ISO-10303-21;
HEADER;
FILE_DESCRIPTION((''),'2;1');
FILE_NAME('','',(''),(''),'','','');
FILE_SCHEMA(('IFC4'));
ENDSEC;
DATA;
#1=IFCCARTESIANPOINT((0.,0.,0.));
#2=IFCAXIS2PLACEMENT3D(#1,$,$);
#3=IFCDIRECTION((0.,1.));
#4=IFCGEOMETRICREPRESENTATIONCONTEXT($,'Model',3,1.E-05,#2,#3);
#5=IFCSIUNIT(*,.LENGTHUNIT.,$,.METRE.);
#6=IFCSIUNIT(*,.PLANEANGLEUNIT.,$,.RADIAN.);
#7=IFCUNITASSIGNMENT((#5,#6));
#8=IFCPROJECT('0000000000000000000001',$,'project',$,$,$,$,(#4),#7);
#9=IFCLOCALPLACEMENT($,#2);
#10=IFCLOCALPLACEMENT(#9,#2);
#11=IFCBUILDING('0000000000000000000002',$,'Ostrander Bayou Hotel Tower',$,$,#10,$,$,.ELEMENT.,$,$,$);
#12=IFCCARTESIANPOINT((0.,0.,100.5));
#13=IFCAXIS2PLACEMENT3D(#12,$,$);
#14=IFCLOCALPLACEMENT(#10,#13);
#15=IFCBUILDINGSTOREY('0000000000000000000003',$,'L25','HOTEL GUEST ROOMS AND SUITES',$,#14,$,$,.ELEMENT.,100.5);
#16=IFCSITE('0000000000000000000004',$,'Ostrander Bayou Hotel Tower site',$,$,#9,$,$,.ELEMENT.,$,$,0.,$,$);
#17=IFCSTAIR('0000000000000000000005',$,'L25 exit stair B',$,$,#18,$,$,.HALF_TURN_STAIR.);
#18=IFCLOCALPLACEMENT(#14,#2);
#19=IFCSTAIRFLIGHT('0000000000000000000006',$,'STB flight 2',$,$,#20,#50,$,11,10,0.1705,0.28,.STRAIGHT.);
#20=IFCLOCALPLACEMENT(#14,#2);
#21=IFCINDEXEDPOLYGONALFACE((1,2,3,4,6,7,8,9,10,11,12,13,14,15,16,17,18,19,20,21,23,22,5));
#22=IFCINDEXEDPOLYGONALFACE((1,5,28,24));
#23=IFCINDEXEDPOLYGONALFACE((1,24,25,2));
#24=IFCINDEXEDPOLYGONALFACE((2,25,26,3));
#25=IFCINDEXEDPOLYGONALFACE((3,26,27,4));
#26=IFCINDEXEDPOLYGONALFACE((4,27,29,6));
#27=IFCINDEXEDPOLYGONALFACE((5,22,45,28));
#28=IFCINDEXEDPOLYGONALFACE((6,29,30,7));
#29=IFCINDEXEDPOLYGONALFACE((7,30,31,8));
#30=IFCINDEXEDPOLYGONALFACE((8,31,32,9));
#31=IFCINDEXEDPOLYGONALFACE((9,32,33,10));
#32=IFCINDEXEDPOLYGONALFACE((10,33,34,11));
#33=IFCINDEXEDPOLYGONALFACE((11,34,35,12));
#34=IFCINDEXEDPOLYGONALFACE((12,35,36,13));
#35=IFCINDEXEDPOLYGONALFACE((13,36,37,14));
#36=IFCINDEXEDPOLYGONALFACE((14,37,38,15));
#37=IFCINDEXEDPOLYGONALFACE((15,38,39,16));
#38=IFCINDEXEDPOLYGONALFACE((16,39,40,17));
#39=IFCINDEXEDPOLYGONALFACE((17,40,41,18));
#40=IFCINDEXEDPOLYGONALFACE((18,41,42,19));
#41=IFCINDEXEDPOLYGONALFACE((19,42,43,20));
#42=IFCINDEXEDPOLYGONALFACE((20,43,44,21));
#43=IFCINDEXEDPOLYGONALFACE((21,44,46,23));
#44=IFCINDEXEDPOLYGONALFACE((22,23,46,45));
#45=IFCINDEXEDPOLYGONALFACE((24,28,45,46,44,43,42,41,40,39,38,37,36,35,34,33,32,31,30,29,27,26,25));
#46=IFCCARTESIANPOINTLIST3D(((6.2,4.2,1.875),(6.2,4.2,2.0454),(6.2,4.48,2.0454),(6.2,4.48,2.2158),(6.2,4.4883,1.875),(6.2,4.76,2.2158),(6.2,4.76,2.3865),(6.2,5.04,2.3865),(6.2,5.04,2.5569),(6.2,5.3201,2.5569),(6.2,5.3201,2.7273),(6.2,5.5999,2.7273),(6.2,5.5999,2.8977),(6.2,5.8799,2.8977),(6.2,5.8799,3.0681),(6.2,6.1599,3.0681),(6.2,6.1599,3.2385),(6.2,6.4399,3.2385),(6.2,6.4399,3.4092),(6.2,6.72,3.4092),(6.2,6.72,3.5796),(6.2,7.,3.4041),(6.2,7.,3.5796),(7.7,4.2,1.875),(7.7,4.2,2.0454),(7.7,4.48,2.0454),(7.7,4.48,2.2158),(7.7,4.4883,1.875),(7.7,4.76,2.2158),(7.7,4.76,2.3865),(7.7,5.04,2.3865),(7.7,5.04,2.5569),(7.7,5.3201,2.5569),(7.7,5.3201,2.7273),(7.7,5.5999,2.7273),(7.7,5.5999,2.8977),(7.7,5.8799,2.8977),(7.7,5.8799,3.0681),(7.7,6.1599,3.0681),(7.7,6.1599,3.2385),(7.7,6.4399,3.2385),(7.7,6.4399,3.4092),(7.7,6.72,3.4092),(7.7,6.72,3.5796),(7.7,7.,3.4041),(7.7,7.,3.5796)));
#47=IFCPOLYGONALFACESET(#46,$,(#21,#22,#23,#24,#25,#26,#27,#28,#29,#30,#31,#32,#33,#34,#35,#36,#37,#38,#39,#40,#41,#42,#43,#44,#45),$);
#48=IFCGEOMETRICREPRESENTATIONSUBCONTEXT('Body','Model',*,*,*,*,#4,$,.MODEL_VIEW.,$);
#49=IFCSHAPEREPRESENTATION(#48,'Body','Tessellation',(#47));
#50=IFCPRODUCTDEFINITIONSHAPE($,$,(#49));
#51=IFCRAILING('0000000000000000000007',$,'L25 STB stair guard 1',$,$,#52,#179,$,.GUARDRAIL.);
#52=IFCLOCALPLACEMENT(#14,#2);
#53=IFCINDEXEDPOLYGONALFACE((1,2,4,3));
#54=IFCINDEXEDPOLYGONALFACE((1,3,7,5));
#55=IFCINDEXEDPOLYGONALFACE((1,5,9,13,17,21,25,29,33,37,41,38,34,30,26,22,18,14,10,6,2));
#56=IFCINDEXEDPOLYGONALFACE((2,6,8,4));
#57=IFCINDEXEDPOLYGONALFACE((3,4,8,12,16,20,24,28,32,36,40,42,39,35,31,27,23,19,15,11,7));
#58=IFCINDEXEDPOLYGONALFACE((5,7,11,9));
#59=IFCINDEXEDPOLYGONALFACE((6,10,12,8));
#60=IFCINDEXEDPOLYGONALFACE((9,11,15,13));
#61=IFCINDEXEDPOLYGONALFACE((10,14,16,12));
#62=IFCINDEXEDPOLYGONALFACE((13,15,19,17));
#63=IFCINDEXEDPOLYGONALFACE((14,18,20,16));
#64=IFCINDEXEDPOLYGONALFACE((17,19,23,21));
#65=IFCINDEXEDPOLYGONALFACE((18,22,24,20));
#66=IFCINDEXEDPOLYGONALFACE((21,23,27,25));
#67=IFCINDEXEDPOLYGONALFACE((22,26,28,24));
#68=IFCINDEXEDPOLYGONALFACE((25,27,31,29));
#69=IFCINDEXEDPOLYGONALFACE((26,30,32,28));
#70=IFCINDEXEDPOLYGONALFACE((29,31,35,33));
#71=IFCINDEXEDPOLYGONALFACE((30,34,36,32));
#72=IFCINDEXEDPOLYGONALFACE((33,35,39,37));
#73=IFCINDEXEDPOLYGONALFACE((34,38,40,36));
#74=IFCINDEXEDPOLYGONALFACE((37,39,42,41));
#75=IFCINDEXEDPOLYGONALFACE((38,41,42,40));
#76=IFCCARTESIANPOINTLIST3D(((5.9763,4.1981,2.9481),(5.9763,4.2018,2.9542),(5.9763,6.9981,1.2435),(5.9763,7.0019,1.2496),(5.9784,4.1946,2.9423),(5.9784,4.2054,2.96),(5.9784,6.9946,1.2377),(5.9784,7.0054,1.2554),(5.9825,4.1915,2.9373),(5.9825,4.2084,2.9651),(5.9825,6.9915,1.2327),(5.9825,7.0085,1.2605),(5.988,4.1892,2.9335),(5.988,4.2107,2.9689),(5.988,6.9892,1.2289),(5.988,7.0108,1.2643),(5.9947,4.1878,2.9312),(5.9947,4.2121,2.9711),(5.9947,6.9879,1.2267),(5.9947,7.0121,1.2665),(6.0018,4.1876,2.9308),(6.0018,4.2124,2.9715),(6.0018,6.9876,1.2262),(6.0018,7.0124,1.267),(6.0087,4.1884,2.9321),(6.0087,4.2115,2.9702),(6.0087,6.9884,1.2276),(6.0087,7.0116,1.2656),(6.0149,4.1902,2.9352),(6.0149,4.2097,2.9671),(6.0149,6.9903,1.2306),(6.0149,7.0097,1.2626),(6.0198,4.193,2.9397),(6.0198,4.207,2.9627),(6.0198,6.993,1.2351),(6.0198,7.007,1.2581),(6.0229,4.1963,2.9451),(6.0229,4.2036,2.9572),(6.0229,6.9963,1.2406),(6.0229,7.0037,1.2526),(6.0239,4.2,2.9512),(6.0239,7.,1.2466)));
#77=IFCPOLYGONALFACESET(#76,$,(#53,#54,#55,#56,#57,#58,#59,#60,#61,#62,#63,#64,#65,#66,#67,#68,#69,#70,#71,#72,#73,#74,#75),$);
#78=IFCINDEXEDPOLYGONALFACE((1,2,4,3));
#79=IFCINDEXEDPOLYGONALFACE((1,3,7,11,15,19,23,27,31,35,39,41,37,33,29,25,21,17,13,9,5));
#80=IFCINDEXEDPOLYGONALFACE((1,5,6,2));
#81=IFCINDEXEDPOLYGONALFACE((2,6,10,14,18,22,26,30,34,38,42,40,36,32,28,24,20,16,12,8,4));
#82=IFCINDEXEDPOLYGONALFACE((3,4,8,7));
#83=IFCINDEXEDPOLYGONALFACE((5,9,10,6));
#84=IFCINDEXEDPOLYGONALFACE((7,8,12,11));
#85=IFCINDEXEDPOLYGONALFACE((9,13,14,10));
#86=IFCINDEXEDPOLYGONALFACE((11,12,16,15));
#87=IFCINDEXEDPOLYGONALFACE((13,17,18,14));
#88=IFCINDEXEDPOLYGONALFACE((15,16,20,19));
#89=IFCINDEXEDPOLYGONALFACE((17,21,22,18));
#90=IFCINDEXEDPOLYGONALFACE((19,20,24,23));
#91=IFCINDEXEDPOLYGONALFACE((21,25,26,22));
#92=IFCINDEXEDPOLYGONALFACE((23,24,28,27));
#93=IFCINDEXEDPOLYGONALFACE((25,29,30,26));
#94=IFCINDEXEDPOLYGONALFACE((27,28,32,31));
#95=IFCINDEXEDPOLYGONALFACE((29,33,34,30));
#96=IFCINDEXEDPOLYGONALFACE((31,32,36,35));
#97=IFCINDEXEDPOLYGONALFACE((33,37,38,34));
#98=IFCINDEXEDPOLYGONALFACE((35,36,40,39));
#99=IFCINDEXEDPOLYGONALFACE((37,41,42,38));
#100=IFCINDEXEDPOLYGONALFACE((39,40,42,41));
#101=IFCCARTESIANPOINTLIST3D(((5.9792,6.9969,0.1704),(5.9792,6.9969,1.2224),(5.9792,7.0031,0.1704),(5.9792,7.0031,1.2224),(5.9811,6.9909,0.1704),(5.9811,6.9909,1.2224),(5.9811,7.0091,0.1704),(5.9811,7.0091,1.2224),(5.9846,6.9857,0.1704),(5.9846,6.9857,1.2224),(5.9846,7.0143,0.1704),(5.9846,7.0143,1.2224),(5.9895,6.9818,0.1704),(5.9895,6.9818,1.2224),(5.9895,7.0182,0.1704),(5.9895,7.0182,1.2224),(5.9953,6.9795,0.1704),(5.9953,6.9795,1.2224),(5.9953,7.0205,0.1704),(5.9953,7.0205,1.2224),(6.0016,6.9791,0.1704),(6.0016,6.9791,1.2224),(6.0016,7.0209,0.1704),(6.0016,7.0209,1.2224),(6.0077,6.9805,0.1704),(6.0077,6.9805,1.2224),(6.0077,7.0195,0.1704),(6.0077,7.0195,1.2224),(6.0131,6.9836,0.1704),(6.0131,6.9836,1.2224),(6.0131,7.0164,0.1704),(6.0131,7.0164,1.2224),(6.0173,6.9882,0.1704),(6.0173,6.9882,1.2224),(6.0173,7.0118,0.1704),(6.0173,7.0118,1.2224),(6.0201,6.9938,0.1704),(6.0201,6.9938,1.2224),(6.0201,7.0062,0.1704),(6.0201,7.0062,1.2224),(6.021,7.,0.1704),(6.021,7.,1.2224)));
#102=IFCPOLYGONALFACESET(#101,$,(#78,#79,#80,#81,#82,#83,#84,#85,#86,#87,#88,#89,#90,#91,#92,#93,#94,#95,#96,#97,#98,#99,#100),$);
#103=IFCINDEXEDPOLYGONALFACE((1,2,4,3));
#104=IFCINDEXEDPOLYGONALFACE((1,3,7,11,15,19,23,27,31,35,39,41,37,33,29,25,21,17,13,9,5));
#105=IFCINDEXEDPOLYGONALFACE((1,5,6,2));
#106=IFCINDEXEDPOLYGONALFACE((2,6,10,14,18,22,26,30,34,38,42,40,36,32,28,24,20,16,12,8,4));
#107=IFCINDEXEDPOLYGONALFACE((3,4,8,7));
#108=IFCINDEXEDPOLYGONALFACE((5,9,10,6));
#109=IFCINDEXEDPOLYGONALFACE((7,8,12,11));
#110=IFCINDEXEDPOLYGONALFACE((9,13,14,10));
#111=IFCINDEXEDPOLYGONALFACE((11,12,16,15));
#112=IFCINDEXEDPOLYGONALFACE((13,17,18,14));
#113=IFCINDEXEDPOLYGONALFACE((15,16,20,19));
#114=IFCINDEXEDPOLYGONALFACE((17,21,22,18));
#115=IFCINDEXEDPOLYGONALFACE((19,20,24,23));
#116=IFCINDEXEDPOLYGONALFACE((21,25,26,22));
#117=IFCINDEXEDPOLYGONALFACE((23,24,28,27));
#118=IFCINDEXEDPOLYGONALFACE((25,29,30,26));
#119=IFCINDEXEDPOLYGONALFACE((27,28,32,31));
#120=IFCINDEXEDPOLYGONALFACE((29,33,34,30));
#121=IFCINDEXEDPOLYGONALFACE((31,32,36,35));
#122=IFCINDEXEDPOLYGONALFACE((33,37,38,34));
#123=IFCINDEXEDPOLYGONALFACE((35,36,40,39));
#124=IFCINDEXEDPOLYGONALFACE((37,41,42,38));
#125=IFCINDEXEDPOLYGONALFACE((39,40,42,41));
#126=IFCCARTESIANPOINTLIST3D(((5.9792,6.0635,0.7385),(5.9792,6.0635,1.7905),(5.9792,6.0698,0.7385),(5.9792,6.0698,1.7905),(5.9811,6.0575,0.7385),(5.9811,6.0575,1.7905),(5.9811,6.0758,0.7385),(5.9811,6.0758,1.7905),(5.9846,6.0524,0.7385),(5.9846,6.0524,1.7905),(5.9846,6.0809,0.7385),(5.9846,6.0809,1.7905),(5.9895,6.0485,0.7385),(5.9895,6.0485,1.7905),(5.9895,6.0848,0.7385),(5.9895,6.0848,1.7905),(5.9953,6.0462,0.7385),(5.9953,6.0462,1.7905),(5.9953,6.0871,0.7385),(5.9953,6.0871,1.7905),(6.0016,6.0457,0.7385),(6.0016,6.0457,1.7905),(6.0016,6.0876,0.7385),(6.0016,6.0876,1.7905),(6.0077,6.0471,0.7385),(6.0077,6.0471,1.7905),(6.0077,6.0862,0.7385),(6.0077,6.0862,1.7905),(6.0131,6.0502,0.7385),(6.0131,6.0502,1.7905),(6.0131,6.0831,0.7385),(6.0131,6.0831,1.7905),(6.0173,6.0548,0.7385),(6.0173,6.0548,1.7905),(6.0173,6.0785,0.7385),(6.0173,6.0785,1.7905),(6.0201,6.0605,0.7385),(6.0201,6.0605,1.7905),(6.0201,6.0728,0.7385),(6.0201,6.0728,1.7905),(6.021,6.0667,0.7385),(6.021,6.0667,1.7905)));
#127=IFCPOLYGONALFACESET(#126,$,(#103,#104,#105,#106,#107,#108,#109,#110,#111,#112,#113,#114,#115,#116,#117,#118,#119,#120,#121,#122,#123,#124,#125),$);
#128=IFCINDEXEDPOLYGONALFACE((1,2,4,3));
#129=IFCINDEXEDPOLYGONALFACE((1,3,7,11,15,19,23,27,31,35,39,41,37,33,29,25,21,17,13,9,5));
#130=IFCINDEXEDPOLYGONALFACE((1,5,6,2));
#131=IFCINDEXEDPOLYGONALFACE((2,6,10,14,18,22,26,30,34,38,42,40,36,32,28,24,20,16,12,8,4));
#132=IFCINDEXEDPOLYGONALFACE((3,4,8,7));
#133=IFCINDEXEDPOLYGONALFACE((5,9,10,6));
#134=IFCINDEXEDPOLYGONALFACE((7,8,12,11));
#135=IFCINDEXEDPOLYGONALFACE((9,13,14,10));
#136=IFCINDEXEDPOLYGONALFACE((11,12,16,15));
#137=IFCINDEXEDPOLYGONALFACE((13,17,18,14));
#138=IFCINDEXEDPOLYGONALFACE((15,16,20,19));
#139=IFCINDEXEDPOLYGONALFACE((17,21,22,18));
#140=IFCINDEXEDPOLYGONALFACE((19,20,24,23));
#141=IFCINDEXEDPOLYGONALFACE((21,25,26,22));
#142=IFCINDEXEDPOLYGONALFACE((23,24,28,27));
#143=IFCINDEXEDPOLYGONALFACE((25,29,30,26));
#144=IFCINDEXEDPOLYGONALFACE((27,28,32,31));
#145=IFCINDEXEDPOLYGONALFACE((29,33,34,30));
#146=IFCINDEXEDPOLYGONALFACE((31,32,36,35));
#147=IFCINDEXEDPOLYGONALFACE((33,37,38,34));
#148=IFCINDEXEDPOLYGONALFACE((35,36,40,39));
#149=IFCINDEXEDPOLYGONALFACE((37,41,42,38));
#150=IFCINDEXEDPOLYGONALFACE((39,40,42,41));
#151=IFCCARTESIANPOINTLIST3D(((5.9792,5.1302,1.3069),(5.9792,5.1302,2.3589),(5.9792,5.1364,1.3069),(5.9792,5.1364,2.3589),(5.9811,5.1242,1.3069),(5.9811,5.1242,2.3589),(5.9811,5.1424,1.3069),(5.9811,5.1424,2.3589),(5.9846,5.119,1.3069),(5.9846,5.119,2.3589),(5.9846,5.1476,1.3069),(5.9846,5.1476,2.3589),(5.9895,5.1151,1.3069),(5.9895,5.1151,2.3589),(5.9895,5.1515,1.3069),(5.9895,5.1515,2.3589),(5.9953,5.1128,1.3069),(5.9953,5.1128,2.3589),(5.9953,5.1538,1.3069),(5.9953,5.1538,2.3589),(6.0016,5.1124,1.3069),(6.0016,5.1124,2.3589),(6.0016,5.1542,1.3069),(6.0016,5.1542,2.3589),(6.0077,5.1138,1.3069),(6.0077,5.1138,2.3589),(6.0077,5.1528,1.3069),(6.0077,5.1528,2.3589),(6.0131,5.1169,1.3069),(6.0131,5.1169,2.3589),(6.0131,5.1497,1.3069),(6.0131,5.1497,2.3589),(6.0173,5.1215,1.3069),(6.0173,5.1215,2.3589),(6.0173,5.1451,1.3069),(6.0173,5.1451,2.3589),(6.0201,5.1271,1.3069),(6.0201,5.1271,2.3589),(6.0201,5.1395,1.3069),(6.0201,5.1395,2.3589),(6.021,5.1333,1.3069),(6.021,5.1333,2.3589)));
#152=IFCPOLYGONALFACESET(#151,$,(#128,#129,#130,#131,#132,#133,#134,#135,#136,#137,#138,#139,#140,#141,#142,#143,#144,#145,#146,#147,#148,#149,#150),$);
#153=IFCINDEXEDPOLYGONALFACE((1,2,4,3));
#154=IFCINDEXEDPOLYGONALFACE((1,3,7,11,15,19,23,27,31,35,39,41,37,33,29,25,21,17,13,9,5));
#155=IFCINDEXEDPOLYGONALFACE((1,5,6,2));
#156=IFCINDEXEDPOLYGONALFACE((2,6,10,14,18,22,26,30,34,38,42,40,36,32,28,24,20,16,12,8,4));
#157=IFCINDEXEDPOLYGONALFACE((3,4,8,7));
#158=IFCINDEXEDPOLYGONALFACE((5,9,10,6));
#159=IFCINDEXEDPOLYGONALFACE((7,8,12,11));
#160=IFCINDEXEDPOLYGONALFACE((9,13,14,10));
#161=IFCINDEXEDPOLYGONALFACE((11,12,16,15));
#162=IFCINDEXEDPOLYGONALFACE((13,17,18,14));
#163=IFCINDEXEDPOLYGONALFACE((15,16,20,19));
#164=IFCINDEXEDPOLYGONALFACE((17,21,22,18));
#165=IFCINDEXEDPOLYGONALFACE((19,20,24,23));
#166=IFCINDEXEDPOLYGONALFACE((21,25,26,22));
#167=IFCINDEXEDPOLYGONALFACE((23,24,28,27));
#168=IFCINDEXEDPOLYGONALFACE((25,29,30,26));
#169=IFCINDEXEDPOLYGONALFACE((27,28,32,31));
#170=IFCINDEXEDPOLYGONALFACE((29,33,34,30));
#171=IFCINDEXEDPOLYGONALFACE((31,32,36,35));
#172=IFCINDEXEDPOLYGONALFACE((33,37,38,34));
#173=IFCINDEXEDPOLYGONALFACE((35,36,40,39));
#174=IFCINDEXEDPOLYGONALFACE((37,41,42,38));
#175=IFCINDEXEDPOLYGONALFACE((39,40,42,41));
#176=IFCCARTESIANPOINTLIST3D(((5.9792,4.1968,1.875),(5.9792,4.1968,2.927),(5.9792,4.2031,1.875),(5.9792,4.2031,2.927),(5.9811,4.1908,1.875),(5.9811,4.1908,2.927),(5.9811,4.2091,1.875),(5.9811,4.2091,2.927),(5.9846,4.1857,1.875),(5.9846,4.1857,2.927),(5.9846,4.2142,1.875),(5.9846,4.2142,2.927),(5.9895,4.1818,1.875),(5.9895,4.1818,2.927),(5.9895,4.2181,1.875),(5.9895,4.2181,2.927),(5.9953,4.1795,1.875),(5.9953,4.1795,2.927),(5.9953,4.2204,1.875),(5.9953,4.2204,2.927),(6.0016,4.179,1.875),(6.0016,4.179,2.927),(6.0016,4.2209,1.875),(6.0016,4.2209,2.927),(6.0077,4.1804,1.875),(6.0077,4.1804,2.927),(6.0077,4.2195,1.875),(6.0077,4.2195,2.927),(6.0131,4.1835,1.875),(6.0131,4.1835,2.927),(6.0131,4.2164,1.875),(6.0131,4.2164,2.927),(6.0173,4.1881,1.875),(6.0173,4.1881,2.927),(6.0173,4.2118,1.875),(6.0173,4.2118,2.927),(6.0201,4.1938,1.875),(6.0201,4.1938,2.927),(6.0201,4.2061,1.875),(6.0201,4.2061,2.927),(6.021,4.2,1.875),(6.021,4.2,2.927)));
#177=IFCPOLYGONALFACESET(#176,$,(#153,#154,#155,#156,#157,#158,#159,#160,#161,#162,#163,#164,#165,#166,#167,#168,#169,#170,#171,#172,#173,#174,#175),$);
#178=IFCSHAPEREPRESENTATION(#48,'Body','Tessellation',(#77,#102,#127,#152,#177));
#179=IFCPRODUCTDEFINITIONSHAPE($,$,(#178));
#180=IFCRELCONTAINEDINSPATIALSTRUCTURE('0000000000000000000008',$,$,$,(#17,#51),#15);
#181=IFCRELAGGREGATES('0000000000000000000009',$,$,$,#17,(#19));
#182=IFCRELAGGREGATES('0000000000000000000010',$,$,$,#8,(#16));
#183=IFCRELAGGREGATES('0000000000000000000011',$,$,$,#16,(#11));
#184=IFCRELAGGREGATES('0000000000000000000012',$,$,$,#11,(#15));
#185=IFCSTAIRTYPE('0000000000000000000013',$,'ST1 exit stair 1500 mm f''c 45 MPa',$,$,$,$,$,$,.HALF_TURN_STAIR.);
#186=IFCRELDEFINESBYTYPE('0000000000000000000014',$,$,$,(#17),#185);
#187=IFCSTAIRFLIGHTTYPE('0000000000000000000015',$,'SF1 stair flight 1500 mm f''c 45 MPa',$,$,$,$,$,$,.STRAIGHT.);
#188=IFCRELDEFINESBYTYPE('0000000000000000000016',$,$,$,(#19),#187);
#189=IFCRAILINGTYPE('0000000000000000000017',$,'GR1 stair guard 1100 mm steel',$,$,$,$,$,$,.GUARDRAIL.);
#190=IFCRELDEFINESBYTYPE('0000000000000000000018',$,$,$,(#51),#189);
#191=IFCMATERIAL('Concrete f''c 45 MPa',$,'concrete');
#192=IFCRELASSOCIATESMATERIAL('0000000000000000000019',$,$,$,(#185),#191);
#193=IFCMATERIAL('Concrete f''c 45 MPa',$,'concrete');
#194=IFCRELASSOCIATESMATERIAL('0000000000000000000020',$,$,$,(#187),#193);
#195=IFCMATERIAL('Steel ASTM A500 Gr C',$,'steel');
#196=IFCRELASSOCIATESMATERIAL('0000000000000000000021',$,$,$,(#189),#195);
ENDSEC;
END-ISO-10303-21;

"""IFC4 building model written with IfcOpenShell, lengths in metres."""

from ifc_helpers import new_model, si_unit, direction, frame, origin, origin_2d, place, context, subcontext, project, spatial, polyline, circle, outline, extrude, material, type_object, element, aggregate, save


model = new_model("IFC4")

# Units and contexts
model_context = context("Model", 3, precision=1e-05, world=origin(), true_north=direction((0.0, 1.0)))
body_context = subcontext(model_context, "Body", "Model", "MODEL_VIEW")
ifc_project = project(units=[si_unit("LENGTHUNIT", "METRE"), si_unit("PLANEANGLEUNIT", "RADIAN")], contexts=[model_context])

# Site, building, storey
site_placement = place(None, origin())
site = spatial("IfcSite", under=ifc_project, at=site_placement, Name="Ostrander Bayou Hotel Tower site", CompositionType="ELEMENT", RefElevation=0.0)
building_placement = place(site_placement, origin())
building = spatial("IfcBuilding", under=site, at=building_placement, Name="Ostrander Bayou Hotel Tower", CompositionType="ELEMENT")
storey_placement = place(building_placement, frame((0.0, 0.0, 100.5)))
storey = spatial("IfcBuildingStorey", under=building, at=storey_placement, Name="L25", Description="HOTEL GUEST ROOMS AND SUITES", CompositionType="ELEMENT", Elevation=100.5)

# Stair, stair flight
ifc_material_1 = material(Name="Concrete f'c 45 MPa", Category="concrete")
stair_type = type_object("IfcStairType", Name="ST1 exit stair 1500 mm f'c 45 MPa", PredefinedType="HALF_TURN_STAIR", material=ifc_material_1)
stair_placement = place(storey_placement, origin())
stair = element("IfcStair", 1, at=stair_placement, inside=storey, type_object=stair_type, Name="L25 exit stair B", PredefinedType="HALF_TURN_STAIR")
ifc_material_2 = material(Name="Concrete f'c 45 MPa", Category="concrete")
stair_flight_type = type_object("IfcStairFlightType", Name="SF1 stair flight 1500 mm f'c 45 MPa", PredefinedType="STRAIGHT", material=ifc_material_2)
stair_flight_1_placement = place(storey_placement, frame((6.95, 4.2, 1.875), z_axis=(0.0, 0.0, 1.0), x_axis=(0.0, 1.0, 0.0)))
stair_flight_1 = element("IfcStairFlight", 2, at=stair_flight_1_placement, type_object=stair_flight_type, Name="STB flight 2", NumberOfRisers=11, NumberOfTreads=10, PredefinedType="STRAIGHT", RiserHeight=0.1705, TreadLength=0.28, context=body_context, shape_type="SweptSolid", body=[
    extrude(outline(polyline([(0.0, 0.0), (0.0, 0.1704), (0.28, 0.1704), (0.28, 0.3408), (0.5601, 0.3408), (0.5601, 0.5115), (0.8401, 0.5115), (0.8401, 0.6819), (1.1201, 0.6819), (1.1201, 0.8523), (1.3999, 0.8523), (1.3999, 1.0227), (1.6799, 1.0227), (1.6799, 1.1931), (1.96, 1.1931), (1.96, 1.3635), (2.24, 1.3635), (2.24, 1.5342), (2.52, 1.5342), (2.52, 1.7046), (2.8, 1.7046), (2.8, 1.875), (2.8, 1.5291), (0.2883, 0.0), (0.0, 0.0)])), frame((0.0, 0.75, 0.0), z_axis=(0.0, -1.0, 0.0), x_axis=(1.0, 0.0, 0.0)), (0.0, 0.0, 1.0), 1.5),
])
aggregate(stair, [stair_flight_1])

# Railing
ifc_material_3 = material(Name="Steel ASTM A500 Gr C", Category="steel")
railing_type_1 = type_object("IfcRailingType", Name="GR1 stair guard 1100 mm steel", PredefinedType="GUARDRAIL", material=ifc_material_3)
railing_1_placement = place(storey_placement, frame((6.0, 7.0, 0.1704)))
element("IfcRailing", 3, at=railing_1_placement, inside=storey, type_object=railing_type_1, Name="L25 STB stair guard 1", PredefinedType="GUARDRAIL", context=body_context, shape_type="SweptSolid", body=[
    extrude(circle(Radius=0.0239, at=origin_2d()), frame((0.0, 0.0, 1.0762), z_axis=(0.0, -0.85417, 0.519994), x_axis=(1.0, 0.0, 0.0)), (0.0, 0.0, 1.0), 3.2781),
    extrude(circle(Radius=0.021, at=origin_2d()), origin(), (0.0, 0.0, 1.0), 1.052),
    extrude(circle(Radius=0.021, at=origin_2d()), frame((0.0, -0.9333, 0.5681)), (0.0, 0.0, 1.0), 1.052),
    extrude(circle(Radius=0.021, at=origin_2d()), frame((0.0, -1.8667, 1.1365)), (0.0, 0.0, 1.0), 1.052),
    extrude(circle(Radius=0.021, at=origin_2d()), frame((0.0, -2.8, 1.7046)), (0.0, 0.0, 1.0), 1.052),
])

save(model, "model.ifc")
